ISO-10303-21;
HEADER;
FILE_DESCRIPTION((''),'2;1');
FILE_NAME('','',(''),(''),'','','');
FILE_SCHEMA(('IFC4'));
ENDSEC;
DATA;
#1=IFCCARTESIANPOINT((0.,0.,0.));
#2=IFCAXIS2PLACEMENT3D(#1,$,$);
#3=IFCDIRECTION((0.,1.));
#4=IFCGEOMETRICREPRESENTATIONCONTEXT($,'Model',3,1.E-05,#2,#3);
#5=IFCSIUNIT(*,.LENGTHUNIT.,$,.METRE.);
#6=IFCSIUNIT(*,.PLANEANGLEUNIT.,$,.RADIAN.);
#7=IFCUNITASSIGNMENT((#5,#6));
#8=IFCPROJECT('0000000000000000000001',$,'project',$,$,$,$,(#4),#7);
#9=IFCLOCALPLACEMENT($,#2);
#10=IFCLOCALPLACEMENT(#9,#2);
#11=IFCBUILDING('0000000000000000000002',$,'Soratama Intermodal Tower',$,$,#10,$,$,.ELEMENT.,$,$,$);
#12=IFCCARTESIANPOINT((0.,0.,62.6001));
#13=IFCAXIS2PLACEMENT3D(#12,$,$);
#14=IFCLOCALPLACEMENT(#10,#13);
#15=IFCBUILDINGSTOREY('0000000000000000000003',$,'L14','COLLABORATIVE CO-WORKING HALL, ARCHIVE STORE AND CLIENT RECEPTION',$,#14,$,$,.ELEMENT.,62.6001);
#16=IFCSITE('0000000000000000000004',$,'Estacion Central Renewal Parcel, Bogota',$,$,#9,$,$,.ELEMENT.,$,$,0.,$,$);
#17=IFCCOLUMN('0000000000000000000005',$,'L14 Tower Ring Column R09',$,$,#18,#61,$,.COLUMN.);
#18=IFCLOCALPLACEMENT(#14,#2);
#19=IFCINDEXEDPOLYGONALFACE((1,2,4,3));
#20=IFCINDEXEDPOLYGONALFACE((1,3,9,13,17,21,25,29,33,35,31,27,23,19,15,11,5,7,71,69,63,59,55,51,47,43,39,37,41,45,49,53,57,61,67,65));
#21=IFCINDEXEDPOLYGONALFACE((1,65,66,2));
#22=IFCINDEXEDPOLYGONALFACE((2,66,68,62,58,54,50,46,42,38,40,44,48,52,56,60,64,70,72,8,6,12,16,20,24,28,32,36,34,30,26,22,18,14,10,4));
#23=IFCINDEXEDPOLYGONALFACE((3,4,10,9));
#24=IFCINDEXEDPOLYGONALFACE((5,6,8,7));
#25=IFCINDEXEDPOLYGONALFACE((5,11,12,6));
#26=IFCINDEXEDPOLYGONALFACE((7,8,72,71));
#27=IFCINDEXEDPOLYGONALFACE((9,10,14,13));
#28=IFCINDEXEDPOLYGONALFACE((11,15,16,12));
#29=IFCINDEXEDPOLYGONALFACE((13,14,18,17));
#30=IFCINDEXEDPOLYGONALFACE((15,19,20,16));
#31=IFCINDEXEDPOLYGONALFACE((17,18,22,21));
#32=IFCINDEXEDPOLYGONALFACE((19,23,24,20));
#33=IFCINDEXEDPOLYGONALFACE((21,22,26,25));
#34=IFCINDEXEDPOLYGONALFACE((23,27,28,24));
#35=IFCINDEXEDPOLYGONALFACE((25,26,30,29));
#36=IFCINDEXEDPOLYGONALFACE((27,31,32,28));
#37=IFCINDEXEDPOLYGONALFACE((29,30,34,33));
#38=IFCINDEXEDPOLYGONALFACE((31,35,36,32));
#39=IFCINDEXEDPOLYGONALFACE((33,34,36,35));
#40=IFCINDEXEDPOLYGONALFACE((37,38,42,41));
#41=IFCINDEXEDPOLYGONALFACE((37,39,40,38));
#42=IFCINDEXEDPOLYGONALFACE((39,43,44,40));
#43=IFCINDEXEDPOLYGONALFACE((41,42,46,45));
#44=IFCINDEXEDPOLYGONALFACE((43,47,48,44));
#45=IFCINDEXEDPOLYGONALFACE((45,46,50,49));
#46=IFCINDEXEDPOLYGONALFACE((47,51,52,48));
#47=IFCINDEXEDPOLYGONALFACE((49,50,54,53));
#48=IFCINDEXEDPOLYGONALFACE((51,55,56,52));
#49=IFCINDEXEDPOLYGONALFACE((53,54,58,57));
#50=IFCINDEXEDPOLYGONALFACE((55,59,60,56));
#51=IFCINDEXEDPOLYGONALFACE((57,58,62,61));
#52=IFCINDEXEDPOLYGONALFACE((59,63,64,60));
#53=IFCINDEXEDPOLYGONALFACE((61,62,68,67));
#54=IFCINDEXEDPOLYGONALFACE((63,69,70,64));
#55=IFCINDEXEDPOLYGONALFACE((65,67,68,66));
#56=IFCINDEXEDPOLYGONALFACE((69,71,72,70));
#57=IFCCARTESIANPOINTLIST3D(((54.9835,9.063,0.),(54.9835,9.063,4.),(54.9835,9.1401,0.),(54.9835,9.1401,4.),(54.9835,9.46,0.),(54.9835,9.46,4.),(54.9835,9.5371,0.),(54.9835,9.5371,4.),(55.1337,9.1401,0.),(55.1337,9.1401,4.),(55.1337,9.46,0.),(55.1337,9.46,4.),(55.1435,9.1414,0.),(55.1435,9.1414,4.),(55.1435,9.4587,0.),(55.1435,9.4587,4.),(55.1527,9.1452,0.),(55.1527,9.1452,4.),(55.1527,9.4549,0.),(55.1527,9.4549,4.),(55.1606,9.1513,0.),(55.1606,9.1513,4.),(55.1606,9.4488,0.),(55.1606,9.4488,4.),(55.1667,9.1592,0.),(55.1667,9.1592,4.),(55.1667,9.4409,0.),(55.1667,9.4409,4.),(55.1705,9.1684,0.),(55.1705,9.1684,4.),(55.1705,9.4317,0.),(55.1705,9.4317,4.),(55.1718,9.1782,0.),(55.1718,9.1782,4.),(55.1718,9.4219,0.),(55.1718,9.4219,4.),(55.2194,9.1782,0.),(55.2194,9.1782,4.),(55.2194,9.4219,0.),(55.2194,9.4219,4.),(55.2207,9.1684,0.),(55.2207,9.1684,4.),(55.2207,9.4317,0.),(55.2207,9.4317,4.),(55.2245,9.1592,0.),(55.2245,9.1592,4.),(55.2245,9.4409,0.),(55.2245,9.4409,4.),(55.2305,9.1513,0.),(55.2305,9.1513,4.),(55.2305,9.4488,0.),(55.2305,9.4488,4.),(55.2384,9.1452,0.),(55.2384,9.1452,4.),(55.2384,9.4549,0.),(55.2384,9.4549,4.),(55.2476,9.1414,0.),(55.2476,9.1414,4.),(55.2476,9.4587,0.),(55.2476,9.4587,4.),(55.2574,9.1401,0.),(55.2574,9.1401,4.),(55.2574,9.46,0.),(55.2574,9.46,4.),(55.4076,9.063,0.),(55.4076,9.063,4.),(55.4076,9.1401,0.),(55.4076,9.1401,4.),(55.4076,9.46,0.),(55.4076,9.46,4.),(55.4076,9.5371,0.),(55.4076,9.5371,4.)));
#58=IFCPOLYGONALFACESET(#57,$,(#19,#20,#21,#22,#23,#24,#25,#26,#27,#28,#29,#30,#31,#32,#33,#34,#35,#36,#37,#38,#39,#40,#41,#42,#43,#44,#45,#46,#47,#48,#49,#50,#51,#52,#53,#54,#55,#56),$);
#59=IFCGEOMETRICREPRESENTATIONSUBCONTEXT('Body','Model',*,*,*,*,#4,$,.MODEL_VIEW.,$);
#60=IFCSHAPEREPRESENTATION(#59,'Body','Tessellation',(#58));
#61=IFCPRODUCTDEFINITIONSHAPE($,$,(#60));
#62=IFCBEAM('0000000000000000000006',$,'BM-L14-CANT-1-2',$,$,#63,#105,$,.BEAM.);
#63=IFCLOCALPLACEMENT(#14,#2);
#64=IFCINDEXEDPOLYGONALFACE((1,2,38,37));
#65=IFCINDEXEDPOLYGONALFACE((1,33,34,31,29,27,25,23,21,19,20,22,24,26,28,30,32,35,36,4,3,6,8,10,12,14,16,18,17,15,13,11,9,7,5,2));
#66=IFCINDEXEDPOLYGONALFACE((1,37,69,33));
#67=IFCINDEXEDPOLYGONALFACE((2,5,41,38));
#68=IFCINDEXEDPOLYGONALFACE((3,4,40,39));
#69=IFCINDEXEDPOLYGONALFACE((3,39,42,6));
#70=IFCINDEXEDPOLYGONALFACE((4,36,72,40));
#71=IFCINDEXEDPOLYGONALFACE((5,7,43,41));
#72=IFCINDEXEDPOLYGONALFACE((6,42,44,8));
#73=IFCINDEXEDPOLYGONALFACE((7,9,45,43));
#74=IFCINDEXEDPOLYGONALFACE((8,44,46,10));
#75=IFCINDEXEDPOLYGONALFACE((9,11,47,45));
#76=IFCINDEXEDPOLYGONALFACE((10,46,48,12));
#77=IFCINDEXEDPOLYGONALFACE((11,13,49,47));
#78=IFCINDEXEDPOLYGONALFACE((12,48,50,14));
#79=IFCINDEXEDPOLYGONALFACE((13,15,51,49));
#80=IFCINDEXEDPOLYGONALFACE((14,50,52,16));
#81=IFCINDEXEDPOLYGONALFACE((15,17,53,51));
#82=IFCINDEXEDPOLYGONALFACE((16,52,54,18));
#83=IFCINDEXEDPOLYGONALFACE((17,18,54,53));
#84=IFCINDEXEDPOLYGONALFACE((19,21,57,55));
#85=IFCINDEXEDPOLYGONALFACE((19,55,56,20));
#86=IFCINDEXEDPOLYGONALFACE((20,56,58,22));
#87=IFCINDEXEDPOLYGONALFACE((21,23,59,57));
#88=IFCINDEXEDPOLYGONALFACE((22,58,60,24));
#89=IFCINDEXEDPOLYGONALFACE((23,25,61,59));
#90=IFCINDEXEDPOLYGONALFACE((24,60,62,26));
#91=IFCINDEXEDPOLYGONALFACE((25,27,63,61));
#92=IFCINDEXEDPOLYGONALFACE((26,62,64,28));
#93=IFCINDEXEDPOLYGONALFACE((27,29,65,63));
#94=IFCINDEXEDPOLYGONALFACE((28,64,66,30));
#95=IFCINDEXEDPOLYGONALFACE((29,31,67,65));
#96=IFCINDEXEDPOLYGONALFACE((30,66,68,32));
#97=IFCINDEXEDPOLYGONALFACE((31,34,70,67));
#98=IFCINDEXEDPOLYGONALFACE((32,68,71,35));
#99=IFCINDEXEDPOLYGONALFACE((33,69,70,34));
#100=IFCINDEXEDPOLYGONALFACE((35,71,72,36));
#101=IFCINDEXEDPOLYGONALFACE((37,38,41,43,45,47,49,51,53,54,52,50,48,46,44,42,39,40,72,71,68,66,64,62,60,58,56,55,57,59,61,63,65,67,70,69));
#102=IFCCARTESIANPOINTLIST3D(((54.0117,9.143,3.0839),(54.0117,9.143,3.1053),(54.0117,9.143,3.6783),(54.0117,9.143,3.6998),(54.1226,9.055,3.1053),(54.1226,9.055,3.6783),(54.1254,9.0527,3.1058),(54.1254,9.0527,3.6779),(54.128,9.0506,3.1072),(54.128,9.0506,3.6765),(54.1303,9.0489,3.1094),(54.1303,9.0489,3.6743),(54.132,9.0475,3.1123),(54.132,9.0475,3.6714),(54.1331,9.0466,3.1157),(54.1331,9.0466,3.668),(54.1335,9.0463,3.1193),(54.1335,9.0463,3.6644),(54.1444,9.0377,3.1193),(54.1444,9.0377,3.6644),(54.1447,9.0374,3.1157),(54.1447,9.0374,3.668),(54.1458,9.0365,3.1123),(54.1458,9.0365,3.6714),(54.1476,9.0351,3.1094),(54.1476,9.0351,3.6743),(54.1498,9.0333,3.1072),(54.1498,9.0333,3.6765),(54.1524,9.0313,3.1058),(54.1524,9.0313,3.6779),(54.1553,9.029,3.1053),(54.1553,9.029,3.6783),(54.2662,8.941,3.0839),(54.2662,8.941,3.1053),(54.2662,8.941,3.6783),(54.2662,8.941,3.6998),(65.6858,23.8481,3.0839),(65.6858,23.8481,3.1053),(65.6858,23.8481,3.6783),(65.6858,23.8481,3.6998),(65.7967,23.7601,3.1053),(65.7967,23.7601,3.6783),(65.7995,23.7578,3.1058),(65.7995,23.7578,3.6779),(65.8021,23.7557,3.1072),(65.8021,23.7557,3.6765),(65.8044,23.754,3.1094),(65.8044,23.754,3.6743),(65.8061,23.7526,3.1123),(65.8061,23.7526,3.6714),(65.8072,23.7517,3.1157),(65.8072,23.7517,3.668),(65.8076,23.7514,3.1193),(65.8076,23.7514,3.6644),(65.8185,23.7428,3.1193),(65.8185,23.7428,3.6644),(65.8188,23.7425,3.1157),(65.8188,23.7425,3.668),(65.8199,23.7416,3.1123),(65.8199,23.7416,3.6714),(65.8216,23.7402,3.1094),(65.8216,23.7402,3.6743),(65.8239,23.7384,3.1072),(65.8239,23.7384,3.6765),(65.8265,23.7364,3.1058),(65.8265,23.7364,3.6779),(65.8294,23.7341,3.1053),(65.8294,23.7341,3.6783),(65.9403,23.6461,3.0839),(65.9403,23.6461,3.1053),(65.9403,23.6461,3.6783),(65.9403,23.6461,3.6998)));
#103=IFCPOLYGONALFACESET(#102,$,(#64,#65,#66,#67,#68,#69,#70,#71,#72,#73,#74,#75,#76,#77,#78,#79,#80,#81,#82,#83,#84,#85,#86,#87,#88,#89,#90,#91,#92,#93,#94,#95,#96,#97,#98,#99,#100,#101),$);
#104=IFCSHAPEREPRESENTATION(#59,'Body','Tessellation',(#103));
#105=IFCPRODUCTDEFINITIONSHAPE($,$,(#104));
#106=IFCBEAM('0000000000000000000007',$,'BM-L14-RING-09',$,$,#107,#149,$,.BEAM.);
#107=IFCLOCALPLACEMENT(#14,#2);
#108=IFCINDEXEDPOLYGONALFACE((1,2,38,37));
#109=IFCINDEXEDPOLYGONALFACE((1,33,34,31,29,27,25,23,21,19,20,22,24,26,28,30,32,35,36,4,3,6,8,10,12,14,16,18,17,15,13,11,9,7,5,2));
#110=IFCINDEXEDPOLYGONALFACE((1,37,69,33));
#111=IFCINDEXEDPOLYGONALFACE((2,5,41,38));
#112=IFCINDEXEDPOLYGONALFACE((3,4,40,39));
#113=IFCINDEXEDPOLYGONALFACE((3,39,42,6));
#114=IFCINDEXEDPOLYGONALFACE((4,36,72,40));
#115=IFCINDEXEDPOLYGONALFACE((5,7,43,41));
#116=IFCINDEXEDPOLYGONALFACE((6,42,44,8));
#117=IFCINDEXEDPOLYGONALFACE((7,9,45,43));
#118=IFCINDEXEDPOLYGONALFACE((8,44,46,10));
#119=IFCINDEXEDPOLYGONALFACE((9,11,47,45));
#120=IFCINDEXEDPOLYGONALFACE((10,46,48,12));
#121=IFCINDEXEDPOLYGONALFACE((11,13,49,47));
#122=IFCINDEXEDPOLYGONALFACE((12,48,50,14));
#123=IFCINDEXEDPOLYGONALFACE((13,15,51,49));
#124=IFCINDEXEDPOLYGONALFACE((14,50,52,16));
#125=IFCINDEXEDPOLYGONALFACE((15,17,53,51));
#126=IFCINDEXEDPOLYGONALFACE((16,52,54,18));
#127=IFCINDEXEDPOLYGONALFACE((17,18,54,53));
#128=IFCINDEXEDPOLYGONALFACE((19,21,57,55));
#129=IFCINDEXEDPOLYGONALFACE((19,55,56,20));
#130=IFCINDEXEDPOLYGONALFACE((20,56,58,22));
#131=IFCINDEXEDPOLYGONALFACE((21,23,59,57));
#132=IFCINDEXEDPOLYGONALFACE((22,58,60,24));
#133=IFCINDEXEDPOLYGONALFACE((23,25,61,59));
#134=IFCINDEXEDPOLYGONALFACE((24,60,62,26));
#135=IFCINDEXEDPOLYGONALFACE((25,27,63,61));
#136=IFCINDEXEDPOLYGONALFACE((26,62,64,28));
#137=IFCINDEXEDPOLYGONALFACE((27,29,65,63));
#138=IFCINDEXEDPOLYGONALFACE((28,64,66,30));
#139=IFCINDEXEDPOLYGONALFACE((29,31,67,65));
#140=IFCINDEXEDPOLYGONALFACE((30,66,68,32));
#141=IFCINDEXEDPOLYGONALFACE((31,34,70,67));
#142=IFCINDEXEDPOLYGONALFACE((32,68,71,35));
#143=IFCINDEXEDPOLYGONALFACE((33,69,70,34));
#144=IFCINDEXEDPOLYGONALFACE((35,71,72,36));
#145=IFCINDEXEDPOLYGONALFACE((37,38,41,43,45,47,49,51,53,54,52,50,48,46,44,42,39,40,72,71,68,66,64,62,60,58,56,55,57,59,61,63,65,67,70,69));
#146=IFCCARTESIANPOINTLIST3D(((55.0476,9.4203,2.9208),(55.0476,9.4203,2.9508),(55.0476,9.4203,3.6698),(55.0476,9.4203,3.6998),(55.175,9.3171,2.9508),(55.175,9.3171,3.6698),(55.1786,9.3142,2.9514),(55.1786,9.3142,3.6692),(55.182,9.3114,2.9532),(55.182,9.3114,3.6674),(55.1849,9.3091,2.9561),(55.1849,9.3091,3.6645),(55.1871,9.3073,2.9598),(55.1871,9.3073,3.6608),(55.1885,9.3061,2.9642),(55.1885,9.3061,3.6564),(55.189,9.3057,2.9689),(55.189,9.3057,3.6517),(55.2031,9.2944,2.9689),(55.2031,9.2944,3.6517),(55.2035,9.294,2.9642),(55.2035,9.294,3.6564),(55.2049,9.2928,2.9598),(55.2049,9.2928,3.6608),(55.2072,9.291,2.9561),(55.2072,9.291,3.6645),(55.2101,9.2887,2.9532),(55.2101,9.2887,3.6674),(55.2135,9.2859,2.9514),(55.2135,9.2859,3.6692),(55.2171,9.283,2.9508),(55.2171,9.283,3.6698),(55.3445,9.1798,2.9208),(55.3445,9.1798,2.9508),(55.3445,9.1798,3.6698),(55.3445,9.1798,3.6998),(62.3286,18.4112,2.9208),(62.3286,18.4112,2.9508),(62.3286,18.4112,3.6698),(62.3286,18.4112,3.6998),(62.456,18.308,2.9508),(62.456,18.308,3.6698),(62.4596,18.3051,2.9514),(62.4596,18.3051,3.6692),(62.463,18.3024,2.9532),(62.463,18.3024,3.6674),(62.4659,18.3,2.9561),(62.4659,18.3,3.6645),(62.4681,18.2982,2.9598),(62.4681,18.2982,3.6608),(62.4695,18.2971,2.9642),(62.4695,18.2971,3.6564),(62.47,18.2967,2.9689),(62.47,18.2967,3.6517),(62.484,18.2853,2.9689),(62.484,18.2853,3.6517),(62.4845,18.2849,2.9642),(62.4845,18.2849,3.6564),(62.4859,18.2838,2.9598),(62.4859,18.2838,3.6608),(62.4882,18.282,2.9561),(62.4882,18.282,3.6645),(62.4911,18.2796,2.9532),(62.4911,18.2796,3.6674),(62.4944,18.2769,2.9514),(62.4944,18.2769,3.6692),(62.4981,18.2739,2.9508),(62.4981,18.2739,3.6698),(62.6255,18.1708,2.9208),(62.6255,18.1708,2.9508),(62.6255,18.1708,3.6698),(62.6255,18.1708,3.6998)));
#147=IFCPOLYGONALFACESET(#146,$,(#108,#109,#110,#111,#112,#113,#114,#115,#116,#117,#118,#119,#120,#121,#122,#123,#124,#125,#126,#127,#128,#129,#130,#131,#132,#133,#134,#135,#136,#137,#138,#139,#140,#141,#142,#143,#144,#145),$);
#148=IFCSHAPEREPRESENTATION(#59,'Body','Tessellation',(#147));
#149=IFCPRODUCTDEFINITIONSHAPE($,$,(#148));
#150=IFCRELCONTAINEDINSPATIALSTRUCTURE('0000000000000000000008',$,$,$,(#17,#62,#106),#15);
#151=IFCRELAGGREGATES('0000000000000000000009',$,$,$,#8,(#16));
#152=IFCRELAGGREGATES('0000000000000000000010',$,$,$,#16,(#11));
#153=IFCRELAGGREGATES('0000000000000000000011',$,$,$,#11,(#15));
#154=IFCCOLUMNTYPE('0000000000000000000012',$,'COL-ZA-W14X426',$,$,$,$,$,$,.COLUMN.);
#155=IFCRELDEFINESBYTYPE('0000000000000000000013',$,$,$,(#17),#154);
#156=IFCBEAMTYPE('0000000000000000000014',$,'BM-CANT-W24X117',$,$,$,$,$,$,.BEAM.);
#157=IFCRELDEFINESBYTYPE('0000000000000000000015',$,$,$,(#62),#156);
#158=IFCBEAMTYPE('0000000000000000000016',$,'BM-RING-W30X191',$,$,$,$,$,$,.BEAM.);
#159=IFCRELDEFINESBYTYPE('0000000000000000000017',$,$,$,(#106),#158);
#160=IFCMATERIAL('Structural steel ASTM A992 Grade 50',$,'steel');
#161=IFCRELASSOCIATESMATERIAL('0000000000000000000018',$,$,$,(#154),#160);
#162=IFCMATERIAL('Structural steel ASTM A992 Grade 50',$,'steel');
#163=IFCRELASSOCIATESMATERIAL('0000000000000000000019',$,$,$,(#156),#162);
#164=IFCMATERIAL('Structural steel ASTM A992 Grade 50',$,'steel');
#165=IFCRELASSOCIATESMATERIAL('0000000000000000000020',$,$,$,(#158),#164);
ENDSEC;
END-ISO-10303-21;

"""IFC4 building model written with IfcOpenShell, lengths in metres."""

from ifc_helpers import new_model, si_unit, direction, frame, origin, origin_2d, place, context, subcontext, project, spatial, i_section, extrude, material, material_profile, profile_set, type_object, element, save


model = new_model("IFC4")

# Units and contexts
model_context = context("Model", 3, precision=1e-05, world=origin(), true_north=direction((0.0, 1.0)))
body_context = subcontext(model_context, "Body", "Model", "MODEL_VIEW")
ifc_project = project(units=[si_unit("LENGTHUNIT", "METRE"), si_unit("PLANEANGLEUNIT", "RADIAN")], contexts=[model_context])

# Site, building, storey
site_placement = place(None, origin())
site = spatial("IfcSite", under=ifc_project, at=site_placement, Name="Estacion Central Renewal Parcel, Bogota", CompositionType="ELEMENT", RefElevation=0.0)
building_placement = place(site_placement, origin())
building = spatial("IfcBuilding", under=site, at=building_placement, Name="Soratama Intermodal Tower", CompositionType="ELEMENT")
storey_placement = place(building_placement, frame((0.0, 0.0, 62.6001)))
storey = spatial("IfcBuildingStorey", under=building, at=storey_placement, Name="L14", Description="COLLABORATIVE CO-WORKING HALL, ARCHIVE STORE AND CLIENT RECEPTION", CompositionType="ELEMENT", Elevation=62.6001)

# Column
ifc_material_1 = material(Name="Structural steel ASTM A992 Grade 50", Category="steel")
ifc_material_profile_1 = material_profile(ifc_material_1, i_section(OverallWidth=0.4241, OverallDepth=0.4741, WebThickness=0.0476, FlangeThickness=0.0771, FilletRadius=0.0381, at=origin_2d()), Name="W14X426")
ifc_profile_set_1 = profile_set([ifc_material_profile_1], Name="Structural steel ASTM A992 Grade 50")
column_type = type_object("IfcColumnType", Name="COL-ZA-W14X426", PredefinedType="COLUMN", material=ifc_profile_set_1)
column_placement = place(storey_placement, frame((55.1956, 9.3, 0.0), z_axis=(0.0, 0.0, 1.0), x_axis=(1.0, 0.0, 0.0)))
element("IfcColumn", 1, at=column_placement, inside=storey, type_object=column_type, Name="L14 Tower Ring Column R09", PredefinedType="COLUMN", context=body_context, shape_type="SweptSolid", body=[
    extrude(i_section(OverallWidth=0.4241, OverallDepth=0.4741, WebThickness=0.0476, FlangeThickness=0.0771, FilletRadius=0.0381, at=origin_2d()), origin(), (0.0, 0.0, 1.0), 4.0),
])

# Beams
ifc_material_2 = material(Name="Structural steel ASTM A992 Grade 50", Category="steel")
ifc_material_profile_2 = material_profile(ifc_material_2, i_section(OverallWidth=0.325, OverallDepth=0.616, WebThickness=0.0139, FlangeThickness=0.0215, FilletRadius=0.0139, at=origin_2d()), Name="W24X117")
ifc_profile_set_2 = profile_set([ifc_material_profile_2], Name="Structural steel ASTM A992 Grade 50")
beam_type_1 = type_object("IfcBeamType", Name="BM-CANT-W24X117", PredefinedType="BEAM", material=ifc_profile_set_2)
beam_1_placement = place(storey_placement, frame((54.1389, 9.042, 3.3918), z_axis=(0.621768, 0.783201, 0.0), x_axis=(-0.783201, 0.621768, 0.0)))
element("IfcBeam", 2, at=beam_1_placement, inside=storey, type_object=beam_type_1, Name="BM-L14-CANT-1-2", PredefinedType="BEAM", context=body_context, shape_type="SweptSolid", body=[
    extrude(i_section(OverallWidth=0.325, OverallDepth=0.616, WebThickness=0.0139, FlangeThickness=0.0215, FilletRadius=0.0139, at=origin_2d()), origin(), (0.0, 0.0, 1.0), 18.7756),
])
ifc_material_3 = material(Name="Structural steel ASTM A992 Grade 50", Category="steel")
ifc_material_profile_3 = material_profile(ifc_material_3, i_section(OverallWidth=0.3821, OverallDepth=0.7791, WebThickness=0.0181, FlangeThickness=0.03, FilletRadius=0.0181, at=origin_2d()), Name="W30X191")
ifc_profile_set_3 = profile_set([ifc_material_profile_3], Name="Structural steel ASTM A992 Grade 50")
beam_type_2 = type_object("IfcBeamType", Name="BM-RING-W30X191", PredefinedType="BEAM", material=ifc_profile_set_3)
beam_2_placement = place(storey_placement, frame((55.196, 9.3, 3.3103), z_axis=(0.629334, 0.777135, 0.0), x_axis=(-0.777135, 0.629334, 0.0)))
element("IfcBeam", 3, at=beam_2_placement, inside=storey, type_object=beam_type_2, Name="BM-L14-RING-09", PredefinedType="BEAM", context=body_context, shape_type="SweptSolid", body=[
    extrude(i_section(OverallWidth=0.3821, OverallDepth=0.7791, WebThickness=0.0181, FlangeThickness=0.03, FilletRadius=0.0181, at=origin_2d()), origin(), (0.0, 0.0, 1.0), 11.5693),
])

save(model, "model.ifc")
